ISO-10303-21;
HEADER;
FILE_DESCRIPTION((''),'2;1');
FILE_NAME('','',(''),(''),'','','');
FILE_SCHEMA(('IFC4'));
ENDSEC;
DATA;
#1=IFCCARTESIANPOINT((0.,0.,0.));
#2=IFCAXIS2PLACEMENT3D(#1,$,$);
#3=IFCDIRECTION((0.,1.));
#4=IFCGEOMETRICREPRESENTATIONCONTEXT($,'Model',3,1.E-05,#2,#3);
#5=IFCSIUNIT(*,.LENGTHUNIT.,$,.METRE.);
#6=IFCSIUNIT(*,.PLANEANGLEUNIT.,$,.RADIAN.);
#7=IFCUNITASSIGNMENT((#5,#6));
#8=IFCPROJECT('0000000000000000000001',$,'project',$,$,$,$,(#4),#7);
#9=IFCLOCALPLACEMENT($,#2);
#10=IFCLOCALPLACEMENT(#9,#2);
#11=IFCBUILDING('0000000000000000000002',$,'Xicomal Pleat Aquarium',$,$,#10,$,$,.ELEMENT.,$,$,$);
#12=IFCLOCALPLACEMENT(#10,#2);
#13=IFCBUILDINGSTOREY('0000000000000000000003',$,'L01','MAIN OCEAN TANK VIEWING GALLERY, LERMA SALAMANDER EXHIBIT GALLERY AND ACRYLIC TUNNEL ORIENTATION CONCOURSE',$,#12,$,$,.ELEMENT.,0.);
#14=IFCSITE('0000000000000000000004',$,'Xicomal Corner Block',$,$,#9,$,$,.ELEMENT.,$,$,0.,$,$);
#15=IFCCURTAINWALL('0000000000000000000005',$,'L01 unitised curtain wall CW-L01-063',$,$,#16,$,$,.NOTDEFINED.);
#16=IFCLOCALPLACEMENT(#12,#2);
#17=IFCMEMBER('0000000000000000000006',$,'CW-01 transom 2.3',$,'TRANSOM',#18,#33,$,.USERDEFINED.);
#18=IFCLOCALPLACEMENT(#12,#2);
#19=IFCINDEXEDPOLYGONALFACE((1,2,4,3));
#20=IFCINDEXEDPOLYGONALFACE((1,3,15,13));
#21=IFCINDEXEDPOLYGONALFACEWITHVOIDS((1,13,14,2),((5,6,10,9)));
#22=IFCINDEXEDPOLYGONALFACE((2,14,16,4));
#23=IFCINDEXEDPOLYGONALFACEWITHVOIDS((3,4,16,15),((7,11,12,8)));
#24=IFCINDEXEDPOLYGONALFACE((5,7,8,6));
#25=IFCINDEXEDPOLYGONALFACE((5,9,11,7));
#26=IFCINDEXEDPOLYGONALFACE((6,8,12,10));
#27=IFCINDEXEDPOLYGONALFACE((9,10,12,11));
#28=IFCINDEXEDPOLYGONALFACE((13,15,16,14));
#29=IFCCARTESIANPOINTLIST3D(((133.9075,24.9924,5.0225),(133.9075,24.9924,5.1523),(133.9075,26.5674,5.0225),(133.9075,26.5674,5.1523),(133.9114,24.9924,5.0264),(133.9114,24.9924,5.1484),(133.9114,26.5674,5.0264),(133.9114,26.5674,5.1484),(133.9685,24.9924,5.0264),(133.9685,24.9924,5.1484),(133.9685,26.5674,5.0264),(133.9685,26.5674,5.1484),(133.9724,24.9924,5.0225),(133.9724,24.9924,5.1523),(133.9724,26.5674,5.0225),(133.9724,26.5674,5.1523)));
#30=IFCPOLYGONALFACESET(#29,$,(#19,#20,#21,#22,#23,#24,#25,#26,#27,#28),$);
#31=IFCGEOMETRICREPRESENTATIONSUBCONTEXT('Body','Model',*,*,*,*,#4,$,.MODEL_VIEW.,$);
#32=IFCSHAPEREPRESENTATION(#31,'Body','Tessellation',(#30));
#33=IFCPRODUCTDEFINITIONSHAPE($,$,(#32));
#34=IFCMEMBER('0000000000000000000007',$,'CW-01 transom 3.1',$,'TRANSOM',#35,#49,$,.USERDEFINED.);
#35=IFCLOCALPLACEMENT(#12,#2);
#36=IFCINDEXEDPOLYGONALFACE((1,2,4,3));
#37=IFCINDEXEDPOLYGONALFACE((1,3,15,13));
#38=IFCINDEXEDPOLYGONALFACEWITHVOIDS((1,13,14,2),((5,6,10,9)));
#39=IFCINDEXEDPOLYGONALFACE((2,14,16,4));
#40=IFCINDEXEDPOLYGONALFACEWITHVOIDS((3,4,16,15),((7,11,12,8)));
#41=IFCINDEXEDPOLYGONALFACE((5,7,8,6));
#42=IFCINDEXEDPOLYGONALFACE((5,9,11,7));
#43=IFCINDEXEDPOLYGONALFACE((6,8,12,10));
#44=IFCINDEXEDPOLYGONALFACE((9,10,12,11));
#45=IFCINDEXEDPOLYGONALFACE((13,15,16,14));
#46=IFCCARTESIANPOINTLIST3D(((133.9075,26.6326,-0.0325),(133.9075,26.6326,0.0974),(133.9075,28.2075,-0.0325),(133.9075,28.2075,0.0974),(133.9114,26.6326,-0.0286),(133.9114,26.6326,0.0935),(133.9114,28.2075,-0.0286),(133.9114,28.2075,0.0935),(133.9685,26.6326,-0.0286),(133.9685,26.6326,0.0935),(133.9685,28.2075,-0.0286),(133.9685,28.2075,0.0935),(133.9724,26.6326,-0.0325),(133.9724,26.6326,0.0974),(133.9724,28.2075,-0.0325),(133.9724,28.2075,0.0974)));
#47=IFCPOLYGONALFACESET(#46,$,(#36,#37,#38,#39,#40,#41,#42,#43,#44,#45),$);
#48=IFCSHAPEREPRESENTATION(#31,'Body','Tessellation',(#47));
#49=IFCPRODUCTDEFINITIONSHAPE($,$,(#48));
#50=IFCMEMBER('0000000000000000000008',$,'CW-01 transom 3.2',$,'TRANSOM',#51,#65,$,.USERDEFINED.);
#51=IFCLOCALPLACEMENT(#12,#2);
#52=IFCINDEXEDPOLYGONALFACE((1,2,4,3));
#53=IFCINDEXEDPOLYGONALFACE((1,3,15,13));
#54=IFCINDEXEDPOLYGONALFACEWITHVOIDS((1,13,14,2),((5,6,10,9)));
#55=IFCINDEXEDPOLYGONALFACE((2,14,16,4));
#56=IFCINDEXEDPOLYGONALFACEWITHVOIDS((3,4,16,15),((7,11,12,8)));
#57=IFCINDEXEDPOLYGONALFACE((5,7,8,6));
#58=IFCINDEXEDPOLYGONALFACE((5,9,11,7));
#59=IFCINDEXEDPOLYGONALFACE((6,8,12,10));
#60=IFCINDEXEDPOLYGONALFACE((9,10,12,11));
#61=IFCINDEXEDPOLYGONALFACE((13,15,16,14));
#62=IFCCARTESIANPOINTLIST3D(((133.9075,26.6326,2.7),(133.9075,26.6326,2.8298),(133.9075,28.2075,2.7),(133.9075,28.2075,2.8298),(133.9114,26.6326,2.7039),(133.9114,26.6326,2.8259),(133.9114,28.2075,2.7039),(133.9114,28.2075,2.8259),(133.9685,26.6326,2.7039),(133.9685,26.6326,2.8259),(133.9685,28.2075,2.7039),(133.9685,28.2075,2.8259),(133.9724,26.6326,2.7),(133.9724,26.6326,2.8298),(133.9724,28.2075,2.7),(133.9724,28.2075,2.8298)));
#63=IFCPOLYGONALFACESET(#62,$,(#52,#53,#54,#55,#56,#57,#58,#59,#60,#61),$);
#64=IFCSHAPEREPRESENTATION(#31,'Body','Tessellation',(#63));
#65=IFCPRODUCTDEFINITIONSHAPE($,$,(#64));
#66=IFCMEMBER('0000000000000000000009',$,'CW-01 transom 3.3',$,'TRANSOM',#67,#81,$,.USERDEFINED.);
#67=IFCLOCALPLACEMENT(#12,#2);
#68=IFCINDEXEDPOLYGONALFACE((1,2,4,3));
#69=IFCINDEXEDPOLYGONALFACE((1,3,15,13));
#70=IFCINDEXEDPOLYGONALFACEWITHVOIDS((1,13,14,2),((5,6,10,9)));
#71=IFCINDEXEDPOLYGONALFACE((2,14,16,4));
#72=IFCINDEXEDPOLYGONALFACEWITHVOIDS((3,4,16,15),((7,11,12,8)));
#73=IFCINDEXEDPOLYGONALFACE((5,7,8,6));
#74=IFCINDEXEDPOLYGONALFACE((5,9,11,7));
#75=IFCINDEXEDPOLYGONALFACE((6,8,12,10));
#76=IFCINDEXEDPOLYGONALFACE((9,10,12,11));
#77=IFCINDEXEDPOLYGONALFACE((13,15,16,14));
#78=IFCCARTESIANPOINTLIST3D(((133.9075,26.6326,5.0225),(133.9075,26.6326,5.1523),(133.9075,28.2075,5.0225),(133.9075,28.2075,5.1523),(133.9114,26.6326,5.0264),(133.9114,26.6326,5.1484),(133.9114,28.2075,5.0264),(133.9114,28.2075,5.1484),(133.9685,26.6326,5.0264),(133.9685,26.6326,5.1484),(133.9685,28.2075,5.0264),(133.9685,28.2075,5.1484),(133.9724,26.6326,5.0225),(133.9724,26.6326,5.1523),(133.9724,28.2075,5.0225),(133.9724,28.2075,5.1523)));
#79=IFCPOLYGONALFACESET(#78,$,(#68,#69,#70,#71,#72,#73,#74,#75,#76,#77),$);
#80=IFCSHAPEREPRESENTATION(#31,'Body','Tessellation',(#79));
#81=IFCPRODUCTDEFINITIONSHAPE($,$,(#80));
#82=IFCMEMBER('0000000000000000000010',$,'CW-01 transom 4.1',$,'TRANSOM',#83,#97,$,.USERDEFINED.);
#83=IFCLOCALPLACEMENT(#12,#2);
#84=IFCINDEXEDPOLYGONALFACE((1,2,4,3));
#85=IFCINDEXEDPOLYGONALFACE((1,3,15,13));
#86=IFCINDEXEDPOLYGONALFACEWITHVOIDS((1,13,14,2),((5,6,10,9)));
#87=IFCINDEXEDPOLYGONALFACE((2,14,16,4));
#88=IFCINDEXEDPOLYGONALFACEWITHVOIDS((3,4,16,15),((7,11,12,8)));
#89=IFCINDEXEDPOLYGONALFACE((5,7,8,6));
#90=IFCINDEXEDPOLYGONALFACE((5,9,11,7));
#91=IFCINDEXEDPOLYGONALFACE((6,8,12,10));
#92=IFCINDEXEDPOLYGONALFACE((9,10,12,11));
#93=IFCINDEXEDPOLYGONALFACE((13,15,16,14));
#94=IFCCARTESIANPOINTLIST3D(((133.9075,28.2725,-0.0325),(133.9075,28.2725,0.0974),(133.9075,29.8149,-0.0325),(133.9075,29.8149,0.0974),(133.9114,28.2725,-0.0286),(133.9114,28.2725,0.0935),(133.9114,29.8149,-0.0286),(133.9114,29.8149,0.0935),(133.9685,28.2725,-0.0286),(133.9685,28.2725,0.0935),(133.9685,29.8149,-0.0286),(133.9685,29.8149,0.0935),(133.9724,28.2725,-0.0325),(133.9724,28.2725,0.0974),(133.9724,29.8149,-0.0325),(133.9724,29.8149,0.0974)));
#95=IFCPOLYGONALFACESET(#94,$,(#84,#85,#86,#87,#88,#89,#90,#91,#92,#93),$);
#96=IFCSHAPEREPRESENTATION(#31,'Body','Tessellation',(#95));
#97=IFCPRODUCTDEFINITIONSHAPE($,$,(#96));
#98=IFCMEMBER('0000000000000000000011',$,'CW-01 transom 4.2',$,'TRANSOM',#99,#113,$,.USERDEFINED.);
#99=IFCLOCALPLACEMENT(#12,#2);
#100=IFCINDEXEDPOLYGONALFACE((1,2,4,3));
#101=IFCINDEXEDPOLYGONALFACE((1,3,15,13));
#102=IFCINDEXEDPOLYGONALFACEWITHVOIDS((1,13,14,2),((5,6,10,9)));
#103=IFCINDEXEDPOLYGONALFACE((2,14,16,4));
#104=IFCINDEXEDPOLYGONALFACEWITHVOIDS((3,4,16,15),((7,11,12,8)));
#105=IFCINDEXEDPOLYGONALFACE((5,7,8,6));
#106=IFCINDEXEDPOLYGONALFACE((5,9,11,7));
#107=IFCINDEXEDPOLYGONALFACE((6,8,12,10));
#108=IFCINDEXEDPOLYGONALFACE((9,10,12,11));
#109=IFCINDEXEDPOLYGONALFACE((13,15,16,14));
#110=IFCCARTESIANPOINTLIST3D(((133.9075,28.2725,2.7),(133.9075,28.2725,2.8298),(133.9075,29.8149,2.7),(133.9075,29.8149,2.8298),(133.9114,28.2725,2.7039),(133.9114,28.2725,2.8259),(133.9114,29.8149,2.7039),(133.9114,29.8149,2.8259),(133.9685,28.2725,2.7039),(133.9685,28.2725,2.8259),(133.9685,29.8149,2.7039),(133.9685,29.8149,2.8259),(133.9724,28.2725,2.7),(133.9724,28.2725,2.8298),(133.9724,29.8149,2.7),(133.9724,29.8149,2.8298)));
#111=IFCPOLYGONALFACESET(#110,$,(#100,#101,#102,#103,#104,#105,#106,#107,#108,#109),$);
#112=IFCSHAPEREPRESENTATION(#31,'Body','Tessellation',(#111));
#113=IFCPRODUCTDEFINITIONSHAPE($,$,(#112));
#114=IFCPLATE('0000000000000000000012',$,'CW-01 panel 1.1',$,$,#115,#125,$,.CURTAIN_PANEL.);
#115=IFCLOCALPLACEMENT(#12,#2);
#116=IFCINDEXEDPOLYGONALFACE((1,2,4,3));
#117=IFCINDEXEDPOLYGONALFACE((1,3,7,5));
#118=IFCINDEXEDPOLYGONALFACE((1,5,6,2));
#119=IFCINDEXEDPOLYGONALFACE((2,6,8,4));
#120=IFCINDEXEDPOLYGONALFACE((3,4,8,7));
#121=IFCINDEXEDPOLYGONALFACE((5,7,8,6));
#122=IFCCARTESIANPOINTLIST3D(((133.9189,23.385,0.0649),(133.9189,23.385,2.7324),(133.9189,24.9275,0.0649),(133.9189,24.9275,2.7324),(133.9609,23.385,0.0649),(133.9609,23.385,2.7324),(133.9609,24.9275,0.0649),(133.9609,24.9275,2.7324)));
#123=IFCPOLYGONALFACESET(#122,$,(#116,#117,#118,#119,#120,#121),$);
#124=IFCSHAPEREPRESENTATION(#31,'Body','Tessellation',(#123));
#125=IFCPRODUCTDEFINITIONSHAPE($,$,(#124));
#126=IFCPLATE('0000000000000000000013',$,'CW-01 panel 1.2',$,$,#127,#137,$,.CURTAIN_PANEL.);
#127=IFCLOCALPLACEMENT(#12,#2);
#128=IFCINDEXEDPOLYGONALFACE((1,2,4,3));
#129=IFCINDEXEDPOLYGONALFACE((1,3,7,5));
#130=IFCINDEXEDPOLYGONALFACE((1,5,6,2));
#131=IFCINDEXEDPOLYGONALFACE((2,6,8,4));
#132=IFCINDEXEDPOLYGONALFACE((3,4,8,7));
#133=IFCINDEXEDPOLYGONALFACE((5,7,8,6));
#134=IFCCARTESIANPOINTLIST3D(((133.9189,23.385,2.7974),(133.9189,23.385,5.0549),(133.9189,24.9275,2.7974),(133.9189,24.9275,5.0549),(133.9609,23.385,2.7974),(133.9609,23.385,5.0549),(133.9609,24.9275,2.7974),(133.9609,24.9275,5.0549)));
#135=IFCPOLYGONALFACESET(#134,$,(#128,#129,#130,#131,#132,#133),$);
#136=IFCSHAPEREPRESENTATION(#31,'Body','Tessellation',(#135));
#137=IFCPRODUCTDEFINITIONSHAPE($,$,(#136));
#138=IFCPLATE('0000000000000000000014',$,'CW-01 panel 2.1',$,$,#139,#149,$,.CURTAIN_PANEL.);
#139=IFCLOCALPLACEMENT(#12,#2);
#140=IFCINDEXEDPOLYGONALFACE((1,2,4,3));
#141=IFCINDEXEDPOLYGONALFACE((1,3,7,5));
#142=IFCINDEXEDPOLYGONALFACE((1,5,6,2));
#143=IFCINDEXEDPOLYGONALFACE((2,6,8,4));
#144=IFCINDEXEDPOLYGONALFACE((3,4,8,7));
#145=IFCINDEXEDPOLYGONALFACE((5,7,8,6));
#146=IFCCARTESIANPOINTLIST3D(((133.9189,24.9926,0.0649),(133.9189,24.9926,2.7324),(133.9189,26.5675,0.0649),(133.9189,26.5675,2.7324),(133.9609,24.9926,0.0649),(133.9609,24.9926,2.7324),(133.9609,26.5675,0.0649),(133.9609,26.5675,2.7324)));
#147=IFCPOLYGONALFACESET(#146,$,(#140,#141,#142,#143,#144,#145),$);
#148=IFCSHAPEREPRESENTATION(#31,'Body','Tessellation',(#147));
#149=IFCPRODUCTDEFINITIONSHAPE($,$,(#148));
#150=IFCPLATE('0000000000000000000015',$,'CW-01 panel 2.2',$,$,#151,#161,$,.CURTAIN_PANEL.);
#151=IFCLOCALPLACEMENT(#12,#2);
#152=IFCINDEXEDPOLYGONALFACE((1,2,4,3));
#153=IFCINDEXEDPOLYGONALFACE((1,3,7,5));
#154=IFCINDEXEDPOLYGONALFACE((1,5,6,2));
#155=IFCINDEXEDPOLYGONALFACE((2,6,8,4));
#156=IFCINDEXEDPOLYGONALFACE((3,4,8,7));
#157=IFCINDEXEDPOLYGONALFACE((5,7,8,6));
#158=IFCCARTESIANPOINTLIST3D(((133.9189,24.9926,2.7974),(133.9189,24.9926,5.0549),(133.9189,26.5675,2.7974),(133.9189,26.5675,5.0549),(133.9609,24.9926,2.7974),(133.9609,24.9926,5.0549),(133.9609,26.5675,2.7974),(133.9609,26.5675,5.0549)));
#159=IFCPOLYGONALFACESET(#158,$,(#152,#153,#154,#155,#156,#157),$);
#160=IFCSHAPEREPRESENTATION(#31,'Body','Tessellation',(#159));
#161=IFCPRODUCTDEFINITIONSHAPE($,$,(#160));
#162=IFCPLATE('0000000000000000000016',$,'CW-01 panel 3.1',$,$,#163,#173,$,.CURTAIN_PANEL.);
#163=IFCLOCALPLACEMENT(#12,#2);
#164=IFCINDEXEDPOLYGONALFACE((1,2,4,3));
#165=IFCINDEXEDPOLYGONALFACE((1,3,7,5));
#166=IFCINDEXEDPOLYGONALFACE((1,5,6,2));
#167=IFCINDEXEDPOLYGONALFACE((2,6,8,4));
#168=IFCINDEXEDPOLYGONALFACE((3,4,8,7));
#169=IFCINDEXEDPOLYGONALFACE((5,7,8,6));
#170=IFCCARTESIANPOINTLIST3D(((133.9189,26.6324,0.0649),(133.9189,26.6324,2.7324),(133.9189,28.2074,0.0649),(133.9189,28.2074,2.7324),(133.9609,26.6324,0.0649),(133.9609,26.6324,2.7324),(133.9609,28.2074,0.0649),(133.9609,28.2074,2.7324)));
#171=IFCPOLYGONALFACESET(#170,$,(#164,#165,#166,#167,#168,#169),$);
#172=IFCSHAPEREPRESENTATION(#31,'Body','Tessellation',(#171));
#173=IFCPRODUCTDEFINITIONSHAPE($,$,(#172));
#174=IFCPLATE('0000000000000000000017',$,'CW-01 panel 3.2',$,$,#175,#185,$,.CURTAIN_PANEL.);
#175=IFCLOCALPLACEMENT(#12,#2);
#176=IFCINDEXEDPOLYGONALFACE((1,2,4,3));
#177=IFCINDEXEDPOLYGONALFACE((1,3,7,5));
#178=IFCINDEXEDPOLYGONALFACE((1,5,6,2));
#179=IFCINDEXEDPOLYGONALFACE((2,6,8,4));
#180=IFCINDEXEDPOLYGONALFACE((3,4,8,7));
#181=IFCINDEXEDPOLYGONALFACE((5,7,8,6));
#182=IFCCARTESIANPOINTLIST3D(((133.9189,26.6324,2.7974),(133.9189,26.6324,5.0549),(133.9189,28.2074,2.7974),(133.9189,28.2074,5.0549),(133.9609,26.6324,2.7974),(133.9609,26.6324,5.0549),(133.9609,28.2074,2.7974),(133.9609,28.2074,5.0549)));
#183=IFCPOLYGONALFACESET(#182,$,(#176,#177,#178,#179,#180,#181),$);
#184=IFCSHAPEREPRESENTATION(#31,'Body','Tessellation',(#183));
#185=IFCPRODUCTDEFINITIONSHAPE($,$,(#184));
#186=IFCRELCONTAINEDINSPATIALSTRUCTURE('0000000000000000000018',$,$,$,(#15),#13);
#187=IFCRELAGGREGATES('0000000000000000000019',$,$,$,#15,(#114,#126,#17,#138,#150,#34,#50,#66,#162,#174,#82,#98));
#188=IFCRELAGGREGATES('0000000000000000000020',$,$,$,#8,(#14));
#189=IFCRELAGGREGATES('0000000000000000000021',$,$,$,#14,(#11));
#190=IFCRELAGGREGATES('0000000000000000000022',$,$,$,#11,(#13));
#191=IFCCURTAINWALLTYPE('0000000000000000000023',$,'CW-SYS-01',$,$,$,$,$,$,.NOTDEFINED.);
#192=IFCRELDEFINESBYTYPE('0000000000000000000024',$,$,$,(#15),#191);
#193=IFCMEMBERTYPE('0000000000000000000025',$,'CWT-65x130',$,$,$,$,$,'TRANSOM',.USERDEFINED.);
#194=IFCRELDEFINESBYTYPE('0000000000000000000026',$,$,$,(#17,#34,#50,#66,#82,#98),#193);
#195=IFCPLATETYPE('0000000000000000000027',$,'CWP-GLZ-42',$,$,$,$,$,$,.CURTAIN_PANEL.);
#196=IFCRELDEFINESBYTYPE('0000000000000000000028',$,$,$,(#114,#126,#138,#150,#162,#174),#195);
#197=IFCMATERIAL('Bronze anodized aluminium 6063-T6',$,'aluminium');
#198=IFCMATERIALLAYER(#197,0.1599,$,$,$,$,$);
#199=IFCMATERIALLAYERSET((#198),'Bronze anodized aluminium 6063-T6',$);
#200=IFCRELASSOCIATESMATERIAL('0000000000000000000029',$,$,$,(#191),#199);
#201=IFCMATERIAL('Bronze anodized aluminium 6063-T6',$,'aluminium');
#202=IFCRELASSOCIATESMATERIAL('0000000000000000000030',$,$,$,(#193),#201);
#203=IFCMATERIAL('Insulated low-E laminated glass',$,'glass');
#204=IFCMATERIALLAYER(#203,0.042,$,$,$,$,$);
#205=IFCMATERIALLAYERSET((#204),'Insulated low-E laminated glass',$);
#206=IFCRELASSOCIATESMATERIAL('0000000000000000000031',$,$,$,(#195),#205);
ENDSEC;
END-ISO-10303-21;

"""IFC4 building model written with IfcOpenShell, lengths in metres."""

from ifc_helpers import new_model, si_unit, direction, frame, origin, origin_2d, place, context, subcontext, project, spatial, rectangle, hollow_rectangle, extrude, material, layer, layer_set, material_profile, profile_set, type_object, element, aggregate, save


model = new_model("IFC4")

# Units and contexts
model_context = context("Model", 3, precision=1e-05, world=origin(), true_north=direction((0.0, 1.0)))
body_context = subcontext(model_context, "Body", "Model", "MODEL_VIEW")
ifc_project = project(units=[si_unit("LENGTHUNIT", "METRE"), si_unit("PLANEANGLEUNIT", "RADIAN")], contexts=[model_context])

# Site, building, storey
site_placement = place(None, origin())
site = spatial("IfcSite", under=ifc_project, at=site_placement, Name="Xicomal Corner Block", CompositionType="ELEMENT", RefElevation=0.0)
building_placement = place(site_placement, origin())
building = spatial("IfcBuilding", under=site, at=building_placement, Name="Xicomal Pleat Aquarium", CompositionType="ELEMENT")
storey_placement = place(building_placement, origin())
storey = spatial("IfcBuildingStorey", under=building, at=storey_placement, Name="L01", Description="MAIN OCEAN TANK VIEWING GALLERY, LERMA SALAMANDER EXHIBIT GALLERY AND ACRYLIC TUNNEL ORIENTATION CONCOURSE", CompositionType="ELEMENT", Elevation=0.0)

# Curtain wall, members, plates
ifc_material_1 = material(Name="Bronze anodized aluminium 6063-T6", Category="aluminium")
ifc_layer_1 = layer(ifc_material_1, 0.1599)
ifc_layer_set_1 = layer_set([ifc_layer_1], Name="Bronze anodized aluminium 6063-T6")
curtain_wall_type = type_object("IfcCurtainWallType", Name="CW-SYS-01", PredefinedType="NOTDEFINED", material=ifc_layer_set_1)
curtain_wall_placement = place(storey_placement, origin())
curtain_wall = element("IfcCurtainWall", 1, at=curtain_wall_placement, inside=storey, type_object=curtain_wall_type, Name="L01 unitised curtain wall CW-L01-063", PredefinedType="NOTDEFINED")
ifc_material_2 = material(Name="Bronze anodized aluminium 6063-T6", Category="aluminium")
ifc_material_profile_1 = material_profile(ifc_material_2, hollow_rectangle(XDim=0.0649, YDim=0.1299, WallThickness=0.0039, at=origin_2d()), Name="ALU TRAN 65x130")
ifc_profile_set_1 = profile_set([ifc_material_profile_1], Name="Bronze anodized aluminium 6063-T6")
member_type_1 = type_object("IfcMemberType", Name="CWT-65x130", ElementType="TRANSOM", PredefinedType="USERDEFINED", material=ifc_profile_set_1)
member_1_placement = place(storey_placement, frame((133.9399, 24.9924, 5.0874), z_axis=(0.0, 1.0, 0.0), x_axis=(-1.0, 0.0, 0.0)))
member_1 = element("IfcMember", 2, at=member_1_placement, type_object=member_type_1, Name="CW-01 transom 2.3", ObjectType="TRANSOM", PredefinedType="USERDEFINED", context=body_context, shape_type="SweptSolid", body=[
    extrude(hollow_rectangle(XDim=0.0649, YDim=0.1299, WallThickness=0.0039, at=origin_2d()), origin(), (0.0, 0.0, 1.0), 1.575),
])
member_2_placement = place(storey_placement, frame((133.9399, 26.6326, 0.0325), z_axis=(0.0, 1.0, 0.0), x_axis=(-1.0, 0.0, 0.0)))
member_2 = element("IfcMember", 3, at=member_2_placement, type_object=member_type_1, Name="CW-01 transom 3.1", ObjectType="TRANSOM", PredefinedType="USERDEFINED", context=body_context, shape_type="SweptSolid", body=[
    extrude(hollow_rectangle(XDim=0.0649, YDim=0.1299, WallThickness=0.0039, at=origin_2d()), origin(), (0.0, 0.0, 1.0), 1.575),
])
member_3_placement = place(storey_placement, frame((133.9399, 26.6326, 2.7649), z_axis=(0.0, 1.0, 0.0), x_axis=(-1.0, 0.0, 0.0)))
member_3 = element("IfcMember", 4, at=member_3_placement, type_object=member_type_1, Name="CW-01 transom 3.2", ObjectType="TRANSOM", PredefinedType="USERDEFINED", context=body_context, shape_type="SweptSolid", body=[
    extrude(hollow_rectangle(XDim=0.0649, YDim=0.1299, WallThickness=0.0039, at=origin_2d()), origin(), (0.0, 0.0, 1.0), 1.575),
])
member_4_placement = place(storey_placement, frame((133.9399, 26.6326, 5.0874), z_axis=(0.0, 1.0, 0.0), x_axis=(-1.0, 0.0, 0.0)))
member_4 = element("IfcMember", 5, at=member_4_placement, type_object=member_type_1, Name="CW-01 transom 3.3", ObjectType="TRANSOM", PredefinedType="USERDEFINED", context=body_context, shape_type="SweptSolid", body=[
    extrude(hollow_rectangle(XDim=0.0649, YDim=0.1299, WallThickness=0.0039, at=origin_2d()), origin(), (0.0, 0.0, 1.0), 1.575),
])
member_5_placement = place(storey_placement, frame((133.9399, 28.2725, 0.0325), z_axis=(0.0, 1.0, 0.0), x_axis=(-1.0, 0.0, 0.0)))
member_5 = element("IfcMember", 6, at=member_5_placement, type_object=member_type_1, Name="CW-01 transom 4.1", ObjectType="TRANSOM", PredefinedType="USERDEFINED", context=body_context, shape_type="SweptSolid", body=[
    extrude(hollow_rectangle(XDim=0.0649, YDim=0.1299, WallThickness=0.0039, at=origin_2d()), origin(), (0.0, 0.0, 1.0), 1.5425),
])
member_6_placement = place(storey_placement, frame((133.9399, 28.2725, 2.7649), z_axis=(0.0, 1.0, 0.0), x_axis=(-1.0, 0.0, 0.0)))
member_6 = element("IfcMember", 7, at=member_6_placement, type_object=member_type_1, Name="CW-01 transom 4.2", ObjectType="TRANSOM", PredefinedType="USERDEFINED", context=body_context, shape_type="SweptSolid", body=[
    extrude(hollow_rectangle(XDim=0.0649, YDim=0.1299, WallThickness=0.0039, at=origin_2d()), origin(), (0.0, 0.0, 1.0), 1.5425),
])
ifc_material_3 = material(Name="Insulated low-E laminated glass", Category="glass")
ifc_layer_2 = layer(ifc_material_3, 0.042)
ifc_layer_set_2 = layer_set([ifc_layer_2], Name="Insulated low-E laminated glass")
plate_type = type_object("IfcPlateType", Name="CWP-GLZ-42", PredefinedType="CURTAIN_PANEL", material=ifc_layer_set_2)
plate_1_placement = place(storey_placement, frame((133.9399, 24.1562, 0.0649), z_axis=(0.0, 0.0, 1.0), x_axis=(0.0, 1.0, 0.0)))
plate_1 = element("IfcPlate", 8, at=plate_1_placement, type_object=plate_type, Name="CW-01 panel 1.1", PredefinedType="CURTAIN_PANEL", context=body_context, shape_type="SweptSolid", body=[
    extrude(rectangle(XDim=1.5425, YDim=0.042, at=origin_2d()), origin(), (0.0, 0.0, 1.0), 2.6675),
])
plate_2_placement = place(storey_placement, frame((133.9399, 24.1562, 2.7974), z_axis=(0.0, 0.0, 1.0), x_axis=(0.0, 1.0, 0.0)))
plate_2 = element("IfcPlate", 9, at=plate_2_placement, type_object=plate_type, Name="CW-01 panel 1.2", PredefinedType="CURTAIN_PANEL", context=body_context, shape_type="SweptSolid", body=[
    extrude(rectangle(XDim=1.5425, YDim=0.042, at=origin_2d()), origin(), (0.0, 0.0, 1.0), 2.2576),
])
plate_3_placement = place(storey_placement, frame((133.9399, 25.78, 0.0649), z_axis=(0.0, 0.0, 1.0), x_axis=(0.0, 1.0, 0.0)))
plate_3 = element("IfcPlate", 10, at=plate_3_placement, type_object=plate_type, Name="CW-01 panel 2.1", PredefinedType="CURTAIN_PANEL", context=body_context, shape_type="SweptSolid", body=[
    extrude(rectangle(XDim=1.575, YDim=0.042, at=origin_2d()), origin(), (0.0, 0.0, 1.0), 2.6675),
])
plate_4_placement = place(storey_placement, frame((133.9399, 25.78, 2.7974), z_axis=(0.0, 0.0, 1.0), x_axis=(0.0, 1.0, 0.0)))
plate_4 = element("IfcPlate", 11, at=plate_4_placement, type_object=plate_type, Name="CW-01 panel 2.2", PredefinedType="CURTAIN_PANEL", context=body_context, shape_type="SweptSolid", body=[
    extrude(rectangle(XDim=1.575, YDim=0.042, at=origin_2d()), origin(), (0.0, 0.0, 1.0), 2.2576),
])
plate_5_placement = place(storey_placement, frame((133.9399, 27.4199, 0.0649), z_axis=(0.0, 0.0, 1.0), x_axis=(0.0, 1.0, 0.0)))
plate_5 = element("IfcPlate", 12, at=plate_5_placement, type_object=plate_type, Name="CW-01 panel 3.1", PredefinedType="CURTAIN_PANEL", context=body_context, shape_type="SweptSolid", body=[
    extrude(rectangle(XDim=1.575, YDim=0.042, at=origin_2d()), origin(), (0.0, 0.0, 1.0), 2.6675),
])
plate_6_placement = place(storey_placement, frame((133.9399, 27.4199, 2.7974), z_axis=(0.0, 0.0, 1.0), x_axis=(0.0, 1.0, 0.0)))
plate_6 = element("IfcPlate", 13, at=plate_6_placement, type_object=plate_type, Name="CW-01 panel 3.2", PredefinedType="CURTAIN_PANEL", context=body_context, shape_type="SweptSolid", body=[
    extrude(rectangle(XDim=1.575, YDim=0.042, at=origin_2d()), origin(), (0.0, 0.0, 1.0), 2.2576),
])
aggregate(curtain_wall, [plate_1, plate_2, member_1, plate_3, plate_4, member_2, member_3, member_4, plate_5, plate_6, member_5, member_6])

save(model, "model.ifc")
